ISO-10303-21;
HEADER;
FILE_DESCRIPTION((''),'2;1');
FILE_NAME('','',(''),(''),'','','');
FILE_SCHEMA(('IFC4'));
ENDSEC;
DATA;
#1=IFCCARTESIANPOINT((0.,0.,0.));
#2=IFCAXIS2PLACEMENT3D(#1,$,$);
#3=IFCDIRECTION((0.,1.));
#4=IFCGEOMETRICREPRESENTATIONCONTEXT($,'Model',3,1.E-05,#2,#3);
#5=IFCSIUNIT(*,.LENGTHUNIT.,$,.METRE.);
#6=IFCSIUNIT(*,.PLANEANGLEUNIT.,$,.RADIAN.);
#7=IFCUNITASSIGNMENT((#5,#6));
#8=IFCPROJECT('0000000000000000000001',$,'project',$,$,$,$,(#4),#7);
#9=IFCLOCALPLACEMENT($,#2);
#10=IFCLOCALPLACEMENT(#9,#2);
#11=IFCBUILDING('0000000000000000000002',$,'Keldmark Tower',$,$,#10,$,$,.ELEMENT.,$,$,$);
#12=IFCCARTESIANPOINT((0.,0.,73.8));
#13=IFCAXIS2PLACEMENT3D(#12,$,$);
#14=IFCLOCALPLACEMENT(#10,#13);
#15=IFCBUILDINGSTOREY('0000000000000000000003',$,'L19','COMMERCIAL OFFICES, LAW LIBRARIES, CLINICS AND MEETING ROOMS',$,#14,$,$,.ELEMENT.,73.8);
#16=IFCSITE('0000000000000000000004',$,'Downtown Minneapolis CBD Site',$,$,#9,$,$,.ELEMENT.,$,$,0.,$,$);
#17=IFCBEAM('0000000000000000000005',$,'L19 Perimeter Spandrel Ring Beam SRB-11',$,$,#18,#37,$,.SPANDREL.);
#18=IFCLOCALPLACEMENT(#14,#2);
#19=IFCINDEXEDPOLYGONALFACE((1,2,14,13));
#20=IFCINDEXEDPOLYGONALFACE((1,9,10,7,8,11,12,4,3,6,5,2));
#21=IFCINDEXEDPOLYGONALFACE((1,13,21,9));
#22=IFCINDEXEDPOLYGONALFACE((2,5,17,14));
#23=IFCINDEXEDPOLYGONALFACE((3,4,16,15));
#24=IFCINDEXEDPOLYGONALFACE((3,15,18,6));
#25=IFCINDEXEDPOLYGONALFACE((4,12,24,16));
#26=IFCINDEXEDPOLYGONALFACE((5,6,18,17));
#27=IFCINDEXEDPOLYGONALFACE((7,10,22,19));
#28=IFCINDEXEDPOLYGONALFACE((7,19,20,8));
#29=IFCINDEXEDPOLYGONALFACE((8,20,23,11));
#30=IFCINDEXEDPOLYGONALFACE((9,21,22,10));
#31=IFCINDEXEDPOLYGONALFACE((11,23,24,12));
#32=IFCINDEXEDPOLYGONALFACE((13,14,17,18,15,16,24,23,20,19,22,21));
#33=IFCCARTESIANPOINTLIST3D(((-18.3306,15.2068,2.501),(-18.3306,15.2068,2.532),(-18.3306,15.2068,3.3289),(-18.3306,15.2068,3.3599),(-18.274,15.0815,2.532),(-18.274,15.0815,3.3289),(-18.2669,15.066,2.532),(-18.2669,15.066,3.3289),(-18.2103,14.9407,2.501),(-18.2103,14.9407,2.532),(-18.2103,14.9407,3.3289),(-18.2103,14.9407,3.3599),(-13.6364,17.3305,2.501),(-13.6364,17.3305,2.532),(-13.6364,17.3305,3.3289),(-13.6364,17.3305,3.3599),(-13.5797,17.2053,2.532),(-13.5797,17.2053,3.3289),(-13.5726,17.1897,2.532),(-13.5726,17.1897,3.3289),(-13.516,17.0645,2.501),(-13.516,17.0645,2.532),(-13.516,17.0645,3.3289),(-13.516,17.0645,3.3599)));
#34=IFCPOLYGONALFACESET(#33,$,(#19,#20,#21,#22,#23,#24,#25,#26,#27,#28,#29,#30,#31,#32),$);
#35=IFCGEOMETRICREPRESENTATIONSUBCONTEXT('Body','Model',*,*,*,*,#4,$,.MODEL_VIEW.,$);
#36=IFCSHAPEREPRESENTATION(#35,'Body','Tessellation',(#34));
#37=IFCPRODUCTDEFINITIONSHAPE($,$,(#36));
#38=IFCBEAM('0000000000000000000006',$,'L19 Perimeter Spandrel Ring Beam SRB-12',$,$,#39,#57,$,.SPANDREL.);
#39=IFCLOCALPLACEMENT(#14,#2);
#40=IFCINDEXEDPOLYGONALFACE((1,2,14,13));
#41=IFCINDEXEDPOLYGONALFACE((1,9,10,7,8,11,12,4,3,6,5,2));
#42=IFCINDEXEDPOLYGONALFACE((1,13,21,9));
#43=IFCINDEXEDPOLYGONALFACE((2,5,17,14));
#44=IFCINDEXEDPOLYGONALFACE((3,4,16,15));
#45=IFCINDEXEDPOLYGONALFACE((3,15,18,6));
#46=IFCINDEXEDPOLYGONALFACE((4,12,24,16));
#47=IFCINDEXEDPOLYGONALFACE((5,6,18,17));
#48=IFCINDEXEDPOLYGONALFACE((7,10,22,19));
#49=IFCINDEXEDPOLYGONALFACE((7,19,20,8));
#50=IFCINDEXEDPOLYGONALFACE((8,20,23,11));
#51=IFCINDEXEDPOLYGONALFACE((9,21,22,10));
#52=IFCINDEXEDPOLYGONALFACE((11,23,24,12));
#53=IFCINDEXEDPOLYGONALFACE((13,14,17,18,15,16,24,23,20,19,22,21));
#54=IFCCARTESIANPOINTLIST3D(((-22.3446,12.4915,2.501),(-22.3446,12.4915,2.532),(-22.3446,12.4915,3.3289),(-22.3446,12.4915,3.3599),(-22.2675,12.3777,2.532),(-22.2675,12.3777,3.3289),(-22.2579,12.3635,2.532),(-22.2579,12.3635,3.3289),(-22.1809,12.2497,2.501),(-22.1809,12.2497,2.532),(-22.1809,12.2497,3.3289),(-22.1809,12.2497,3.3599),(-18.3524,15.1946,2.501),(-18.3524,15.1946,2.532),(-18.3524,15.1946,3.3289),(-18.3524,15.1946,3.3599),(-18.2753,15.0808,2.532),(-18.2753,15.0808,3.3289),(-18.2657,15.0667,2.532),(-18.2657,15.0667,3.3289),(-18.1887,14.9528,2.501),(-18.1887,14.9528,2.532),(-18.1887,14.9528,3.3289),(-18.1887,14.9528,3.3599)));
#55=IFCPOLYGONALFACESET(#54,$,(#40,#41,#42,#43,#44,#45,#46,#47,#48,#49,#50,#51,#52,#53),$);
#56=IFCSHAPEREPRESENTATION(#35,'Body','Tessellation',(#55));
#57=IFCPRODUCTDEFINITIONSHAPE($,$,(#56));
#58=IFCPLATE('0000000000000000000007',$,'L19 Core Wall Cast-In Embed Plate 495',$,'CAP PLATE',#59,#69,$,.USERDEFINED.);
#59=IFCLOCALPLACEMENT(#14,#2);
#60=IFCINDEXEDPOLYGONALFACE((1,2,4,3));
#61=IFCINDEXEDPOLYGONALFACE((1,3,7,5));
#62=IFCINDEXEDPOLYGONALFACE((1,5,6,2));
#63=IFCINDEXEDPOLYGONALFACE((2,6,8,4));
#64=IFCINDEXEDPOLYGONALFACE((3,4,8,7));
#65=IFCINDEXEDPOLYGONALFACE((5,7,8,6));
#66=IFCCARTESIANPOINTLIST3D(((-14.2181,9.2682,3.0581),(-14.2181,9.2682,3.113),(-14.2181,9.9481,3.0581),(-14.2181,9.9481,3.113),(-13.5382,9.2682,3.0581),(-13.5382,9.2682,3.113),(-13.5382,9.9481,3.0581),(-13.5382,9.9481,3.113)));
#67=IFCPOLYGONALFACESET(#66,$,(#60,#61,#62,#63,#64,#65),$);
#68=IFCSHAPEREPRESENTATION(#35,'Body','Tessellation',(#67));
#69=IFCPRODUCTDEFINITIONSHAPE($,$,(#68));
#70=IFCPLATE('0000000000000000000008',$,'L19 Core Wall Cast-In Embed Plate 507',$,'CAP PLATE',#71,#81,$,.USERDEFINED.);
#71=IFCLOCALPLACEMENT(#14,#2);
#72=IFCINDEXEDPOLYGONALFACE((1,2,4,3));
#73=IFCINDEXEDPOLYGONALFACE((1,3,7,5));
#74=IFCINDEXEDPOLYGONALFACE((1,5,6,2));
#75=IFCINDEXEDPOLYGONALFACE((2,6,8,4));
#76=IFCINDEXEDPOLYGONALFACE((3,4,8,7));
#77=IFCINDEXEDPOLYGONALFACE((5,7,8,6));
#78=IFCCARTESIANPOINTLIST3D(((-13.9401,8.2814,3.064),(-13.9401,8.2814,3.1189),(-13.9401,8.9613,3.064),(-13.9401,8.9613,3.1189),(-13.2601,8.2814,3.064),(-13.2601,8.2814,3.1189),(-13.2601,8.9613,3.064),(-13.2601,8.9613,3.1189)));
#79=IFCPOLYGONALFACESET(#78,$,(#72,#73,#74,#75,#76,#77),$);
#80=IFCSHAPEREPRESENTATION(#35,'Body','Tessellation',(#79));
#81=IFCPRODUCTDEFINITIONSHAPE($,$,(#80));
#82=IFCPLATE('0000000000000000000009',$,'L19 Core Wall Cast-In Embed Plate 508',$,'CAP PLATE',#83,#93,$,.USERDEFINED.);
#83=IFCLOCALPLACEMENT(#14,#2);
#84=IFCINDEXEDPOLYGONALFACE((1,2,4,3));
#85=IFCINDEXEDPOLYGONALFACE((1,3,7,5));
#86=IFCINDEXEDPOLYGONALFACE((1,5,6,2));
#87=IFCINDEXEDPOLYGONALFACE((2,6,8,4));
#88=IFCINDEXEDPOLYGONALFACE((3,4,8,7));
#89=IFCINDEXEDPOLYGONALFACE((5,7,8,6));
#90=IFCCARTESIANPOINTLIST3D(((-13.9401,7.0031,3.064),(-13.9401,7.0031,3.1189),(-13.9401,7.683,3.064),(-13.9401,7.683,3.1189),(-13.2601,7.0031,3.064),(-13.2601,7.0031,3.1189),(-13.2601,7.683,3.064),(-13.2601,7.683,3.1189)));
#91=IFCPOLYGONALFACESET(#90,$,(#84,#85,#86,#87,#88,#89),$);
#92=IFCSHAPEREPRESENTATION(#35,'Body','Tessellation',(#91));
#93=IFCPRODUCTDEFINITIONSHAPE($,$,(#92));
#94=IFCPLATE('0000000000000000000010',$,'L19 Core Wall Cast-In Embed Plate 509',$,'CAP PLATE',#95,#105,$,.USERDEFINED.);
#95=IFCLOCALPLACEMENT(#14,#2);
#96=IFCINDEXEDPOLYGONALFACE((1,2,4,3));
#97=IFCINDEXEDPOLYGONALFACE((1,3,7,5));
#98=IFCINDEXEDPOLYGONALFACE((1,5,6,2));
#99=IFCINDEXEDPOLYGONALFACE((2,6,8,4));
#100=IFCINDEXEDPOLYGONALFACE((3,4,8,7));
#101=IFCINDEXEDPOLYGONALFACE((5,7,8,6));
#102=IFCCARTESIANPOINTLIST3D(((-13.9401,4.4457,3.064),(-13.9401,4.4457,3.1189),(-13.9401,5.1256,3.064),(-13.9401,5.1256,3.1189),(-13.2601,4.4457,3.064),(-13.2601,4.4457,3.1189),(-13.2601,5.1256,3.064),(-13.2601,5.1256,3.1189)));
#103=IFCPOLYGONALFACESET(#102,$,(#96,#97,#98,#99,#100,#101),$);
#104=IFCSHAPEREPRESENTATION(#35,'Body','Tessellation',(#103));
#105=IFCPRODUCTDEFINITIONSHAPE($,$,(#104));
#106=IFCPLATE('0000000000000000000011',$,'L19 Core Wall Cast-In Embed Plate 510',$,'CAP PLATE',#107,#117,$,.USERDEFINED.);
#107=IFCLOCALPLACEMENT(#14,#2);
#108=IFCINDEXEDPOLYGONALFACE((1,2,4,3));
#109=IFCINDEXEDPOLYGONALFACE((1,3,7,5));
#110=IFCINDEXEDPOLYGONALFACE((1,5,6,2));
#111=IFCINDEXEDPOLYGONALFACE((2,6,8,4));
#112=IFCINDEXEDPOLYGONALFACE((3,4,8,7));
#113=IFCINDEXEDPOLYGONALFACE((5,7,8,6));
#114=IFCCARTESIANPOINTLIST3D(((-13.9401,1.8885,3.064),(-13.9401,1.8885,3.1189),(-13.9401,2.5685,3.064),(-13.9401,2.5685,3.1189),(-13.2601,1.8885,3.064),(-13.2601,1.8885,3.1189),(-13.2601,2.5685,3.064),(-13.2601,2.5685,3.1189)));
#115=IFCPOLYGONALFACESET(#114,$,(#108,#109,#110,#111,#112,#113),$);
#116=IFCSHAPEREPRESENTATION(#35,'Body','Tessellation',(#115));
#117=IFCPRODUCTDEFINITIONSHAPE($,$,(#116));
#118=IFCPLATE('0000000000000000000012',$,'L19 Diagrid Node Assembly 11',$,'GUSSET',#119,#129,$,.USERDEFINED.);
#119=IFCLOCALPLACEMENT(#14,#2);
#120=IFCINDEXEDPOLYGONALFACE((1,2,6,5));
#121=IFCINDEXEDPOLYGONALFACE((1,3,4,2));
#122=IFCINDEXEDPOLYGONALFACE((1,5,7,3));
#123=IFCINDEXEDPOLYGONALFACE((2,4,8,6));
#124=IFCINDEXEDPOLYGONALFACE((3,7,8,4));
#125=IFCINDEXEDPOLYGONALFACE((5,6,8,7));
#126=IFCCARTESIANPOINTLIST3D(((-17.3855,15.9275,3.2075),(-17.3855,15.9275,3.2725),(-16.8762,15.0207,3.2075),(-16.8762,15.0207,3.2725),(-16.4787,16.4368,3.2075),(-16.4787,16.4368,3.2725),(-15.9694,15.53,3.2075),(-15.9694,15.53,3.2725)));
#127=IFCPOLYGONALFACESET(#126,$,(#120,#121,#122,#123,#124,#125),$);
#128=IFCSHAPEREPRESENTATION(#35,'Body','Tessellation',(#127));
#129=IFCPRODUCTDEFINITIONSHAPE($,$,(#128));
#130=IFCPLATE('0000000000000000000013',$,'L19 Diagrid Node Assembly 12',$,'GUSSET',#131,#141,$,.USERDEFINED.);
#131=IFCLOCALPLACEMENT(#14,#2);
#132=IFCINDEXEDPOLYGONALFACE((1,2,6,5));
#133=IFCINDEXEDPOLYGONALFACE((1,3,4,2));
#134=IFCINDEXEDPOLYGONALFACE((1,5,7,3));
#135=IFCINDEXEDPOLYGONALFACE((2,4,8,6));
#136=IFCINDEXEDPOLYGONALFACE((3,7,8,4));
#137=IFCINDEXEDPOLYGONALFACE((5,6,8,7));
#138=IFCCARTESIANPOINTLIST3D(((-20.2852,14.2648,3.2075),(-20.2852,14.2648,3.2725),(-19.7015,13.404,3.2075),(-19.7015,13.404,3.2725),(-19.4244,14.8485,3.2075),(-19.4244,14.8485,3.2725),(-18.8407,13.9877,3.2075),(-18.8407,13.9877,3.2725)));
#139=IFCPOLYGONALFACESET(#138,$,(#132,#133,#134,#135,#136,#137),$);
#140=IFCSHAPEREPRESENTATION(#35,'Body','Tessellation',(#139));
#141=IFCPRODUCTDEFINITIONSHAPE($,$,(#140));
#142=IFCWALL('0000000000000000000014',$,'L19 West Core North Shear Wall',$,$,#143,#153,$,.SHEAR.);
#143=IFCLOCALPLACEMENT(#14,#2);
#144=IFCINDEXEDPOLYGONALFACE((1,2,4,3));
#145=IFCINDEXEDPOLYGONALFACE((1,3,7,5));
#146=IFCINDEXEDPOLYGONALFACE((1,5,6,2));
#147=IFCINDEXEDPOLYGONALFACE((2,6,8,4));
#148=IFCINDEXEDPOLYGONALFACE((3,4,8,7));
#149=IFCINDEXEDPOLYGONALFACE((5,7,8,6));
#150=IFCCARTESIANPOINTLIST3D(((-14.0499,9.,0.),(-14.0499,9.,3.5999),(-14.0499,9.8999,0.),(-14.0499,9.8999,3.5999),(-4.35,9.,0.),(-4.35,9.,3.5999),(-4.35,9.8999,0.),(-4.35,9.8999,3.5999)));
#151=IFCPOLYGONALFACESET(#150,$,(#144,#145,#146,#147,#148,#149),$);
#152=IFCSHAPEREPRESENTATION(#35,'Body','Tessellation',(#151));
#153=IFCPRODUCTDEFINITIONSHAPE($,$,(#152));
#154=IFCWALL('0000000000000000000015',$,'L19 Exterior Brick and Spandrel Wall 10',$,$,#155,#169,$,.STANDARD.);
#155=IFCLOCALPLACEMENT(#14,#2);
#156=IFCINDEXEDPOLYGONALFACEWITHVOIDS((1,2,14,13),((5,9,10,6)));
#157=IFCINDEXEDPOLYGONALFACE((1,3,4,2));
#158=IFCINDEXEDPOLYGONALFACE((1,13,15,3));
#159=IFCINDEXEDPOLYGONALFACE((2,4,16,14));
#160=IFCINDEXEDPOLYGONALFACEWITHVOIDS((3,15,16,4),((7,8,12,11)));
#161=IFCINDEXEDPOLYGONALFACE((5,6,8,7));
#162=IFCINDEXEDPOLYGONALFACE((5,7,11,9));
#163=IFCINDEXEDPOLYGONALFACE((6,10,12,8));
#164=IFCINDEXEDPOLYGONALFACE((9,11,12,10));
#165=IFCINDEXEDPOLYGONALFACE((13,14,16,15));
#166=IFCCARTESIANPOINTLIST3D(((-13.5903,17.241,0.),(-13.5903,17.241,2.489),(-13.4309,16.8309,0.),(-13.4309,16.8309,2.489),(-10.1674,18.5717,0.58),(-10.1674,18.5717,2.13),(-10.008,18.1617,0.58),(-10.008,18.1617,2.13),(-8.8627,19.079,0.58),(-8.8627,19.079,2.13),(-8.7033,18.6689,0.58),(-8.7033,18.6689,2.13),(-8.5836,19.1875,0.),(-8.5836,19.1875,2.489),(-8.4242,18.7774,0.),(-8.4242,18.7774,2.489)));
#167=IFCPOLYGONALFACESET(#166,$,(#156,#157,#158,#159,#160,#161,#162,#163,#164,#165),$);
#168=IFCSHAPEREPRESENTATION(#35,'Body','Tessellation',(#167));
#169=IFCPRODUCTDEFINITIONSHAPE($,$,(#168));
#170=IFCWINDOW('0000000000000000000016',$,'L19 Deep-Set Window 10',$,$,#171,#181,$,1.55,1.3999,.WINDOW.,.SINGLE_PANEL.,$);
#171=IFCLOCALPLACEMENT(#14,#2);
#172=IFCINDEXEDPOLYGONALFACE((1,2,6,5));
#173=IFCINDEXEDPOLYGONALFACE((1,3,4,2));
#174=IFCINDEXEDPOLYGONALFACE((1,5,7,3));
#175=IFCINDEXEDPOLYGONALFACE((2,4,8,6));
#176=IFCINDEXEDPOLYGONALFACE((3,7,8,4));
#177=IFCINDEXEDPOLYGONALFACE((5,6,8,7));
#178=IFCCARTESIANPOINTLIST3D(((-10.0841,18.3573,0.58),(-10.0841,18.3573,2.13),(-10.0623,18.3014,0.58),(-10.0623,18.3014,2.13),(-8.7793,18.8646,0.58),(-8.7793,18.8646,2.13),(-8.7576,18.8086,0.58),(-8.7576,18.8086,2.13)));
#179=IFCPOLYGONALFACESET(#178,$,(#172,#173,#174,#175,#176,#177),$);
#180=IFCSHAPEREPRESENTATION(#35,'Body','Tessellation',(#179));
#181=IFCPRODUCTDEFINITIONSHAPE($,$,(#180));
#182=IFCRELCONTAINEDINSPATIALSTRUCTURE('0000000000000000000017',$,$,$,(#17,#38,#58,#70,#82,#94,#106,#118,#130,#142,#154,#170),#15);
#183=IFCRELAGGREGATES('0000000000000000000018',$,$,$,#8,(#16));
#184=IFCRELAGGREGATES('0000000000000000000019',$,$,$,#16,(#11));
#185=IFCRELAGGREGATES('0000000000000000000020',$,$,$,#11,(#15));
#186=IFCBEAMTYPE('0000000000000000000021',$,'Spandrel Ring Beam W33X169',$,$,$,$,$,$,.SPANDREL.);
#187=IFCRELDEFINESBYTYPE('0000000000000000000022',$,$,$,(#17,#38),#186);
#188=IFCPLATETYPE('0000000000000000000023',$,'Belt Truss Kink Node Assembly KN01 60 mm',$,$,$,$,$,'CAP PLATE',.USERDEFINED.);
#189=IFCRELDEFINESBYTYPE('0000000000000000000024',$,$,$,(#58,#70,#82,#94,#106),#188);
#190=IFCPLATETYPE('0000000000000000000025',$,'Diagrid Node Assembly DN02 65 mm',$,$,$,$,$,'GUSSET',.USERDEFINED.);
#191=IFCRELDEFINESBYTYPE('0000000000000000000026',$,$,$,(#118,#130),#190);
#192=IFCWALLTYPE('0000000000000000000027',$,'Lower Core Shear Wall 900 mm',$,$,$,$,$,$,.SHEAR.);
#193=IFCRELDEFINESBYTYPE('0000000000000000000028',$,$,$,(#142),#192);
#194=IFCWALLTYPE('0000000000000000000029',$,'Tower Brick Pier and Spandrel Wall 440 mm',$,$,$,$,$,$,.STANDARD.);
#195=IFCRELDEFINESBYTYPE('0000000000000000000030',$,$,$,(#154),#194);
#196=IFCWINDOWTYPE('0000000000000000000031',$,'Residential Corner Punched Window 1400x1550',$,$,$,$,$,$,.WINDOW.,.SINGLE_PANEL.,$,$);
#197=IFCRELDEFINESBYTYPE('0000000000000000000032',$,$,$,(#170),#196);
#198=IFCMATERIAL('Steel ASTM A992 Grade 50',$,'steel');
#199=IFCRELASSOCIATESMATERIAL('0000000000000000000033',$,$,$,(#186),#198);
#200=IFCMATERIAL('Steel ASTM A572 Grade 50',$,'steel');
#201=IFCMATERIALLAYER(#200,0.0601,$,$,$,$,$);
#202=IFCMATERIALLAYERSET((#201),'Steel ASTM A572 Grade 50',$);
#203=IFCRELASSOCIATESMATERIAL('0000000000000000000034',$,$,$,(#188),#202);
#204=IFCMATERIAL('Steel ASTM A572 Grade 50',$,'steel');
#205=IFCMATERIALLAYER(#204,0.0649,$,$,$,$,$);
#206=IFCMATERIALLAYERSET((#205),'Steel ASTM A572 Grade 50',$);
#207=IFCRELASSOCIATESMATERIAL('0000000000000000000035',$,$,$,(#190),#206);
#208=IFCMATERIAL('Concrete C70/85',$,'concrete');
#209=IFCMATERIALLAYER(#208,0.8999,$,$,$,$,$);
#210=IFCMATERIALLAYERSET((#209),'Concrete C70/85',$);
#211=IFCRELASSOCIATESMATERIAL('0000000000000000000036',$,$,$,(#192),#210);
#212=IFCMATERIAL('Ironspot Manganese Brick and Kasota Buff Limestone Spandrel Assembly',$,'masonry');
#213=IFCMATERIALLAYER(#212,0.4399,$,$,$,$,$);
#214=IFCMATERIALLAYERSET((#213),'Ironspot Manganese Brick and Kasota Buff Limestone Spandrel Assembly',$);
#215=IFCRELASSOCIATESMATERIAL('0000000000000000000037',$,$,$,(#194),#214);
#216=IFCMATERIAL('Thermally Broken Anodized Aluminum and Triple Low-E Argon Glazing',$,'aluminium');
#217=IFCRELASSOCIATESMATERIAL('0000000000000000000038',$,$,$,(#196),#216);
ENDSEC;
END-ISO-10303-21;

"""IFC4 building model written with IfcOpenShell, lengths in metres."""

from ifc_helpers import new_model, si_unit, direction, frame, frame_2d, origin, origin_2d, place, context, subcontext, project, spatial, rectangle, i_section, extrude, material, layer, layer_set, material_profile, profile_set, type_object, element, fill, save


model = new_model("IFC4")

# Units and contexts
model_context = context("Model", 3, precision=1e-05, world=origin(), true_north=direction((0.0, 1.0)))
body_context = subcontext(model_context, "Body", "Model", "MODEL_VIEW")
ifc_project = project(units=[si_unit("LENGTHUNIT", "METRE"), si_unit("PLANEANGLEUNIT", "RADIAN")], contexts=[model_context])

# Site, building, storey
site_placement = place(None, origin())
site = spatial("IfcSite", under=ifc_project, at=site_placement, Name="Downtown Minneapolis CBD Site", CompositionType="ELEMENT", RefElevation=0.0)
building_placement = place(site_placement, origin())
building = spatial("IfcBuilding", under=site, at=building_placement, Name="Keldmark Tower", CompositionType="ELEMENT")
storey_placement = place(building_placement, frame((0.0, 0.0, 73.8)))
storey = spatial("IfcBuildingStorey", under=building, at=storey_placement, Name="L19", Description="COMMERCIAL OFFICES, LAW LIBRARIES, CLINICS AND MEETING ROOMS", CompositionType="ELEMENT", Elevation=73.8)

# Beams
ifc_material_1 = material(Name="Steel ASTM A992 Grade 50", Category="steel")
ifc_material_profile_1 = material_profile(ifc_material_1, i_section(OverallWidth=0.292, OverallDepth=0.8589, WebThickness=0.0171, FlangeThickness=0.031, at=origin_2d()), Name="W33X169")
ifc_profile_set_1 = profile_set([ifc_material_profile_1], Name="Steel ASTM A992 Grade 50")
beam_type_1 = type_object("IfcBeamType", Name="Spandrel Ring Beam W33X169", PredefinedType="SPANDREL", material=ifc_profile_set_1)
beam_1_placement = place(storey_placement, frame((-13.5762, 17.1975, 2.9304), z_axis=(-0.911097, -0.412192, 0.0), x_axis=(0.412192, -0.911097, 0.0)))
element("IfcBeam", 1, at=beam_1_placement, inside=storey, type_object=beam_type_1, Name="L19 Perimeter Spandrel Ring Beam SRB-11", PredefinedType="SPANDREL", context=body_context, shape_type="SweptSolid", body=[
    extrude(i_section(OverallWidth=0.292, OverallDepth=0.8589, WebThickness=0.0171, FlangeThickness=0.031, at=origin_2d()), origin(), (0.0, 0.0, 1.0), 5.1523),
])
beam_2_placement = place(storey_placement, frame((-18.2705, 15.0737, 2.9304), z_axis=(-0.82804, -0.560669, 0.0), x_axis=(0.560669, -0.82804, 0.0)))
element("IfcBeam", 2, at=beam_2_placement, inside=storey, type_object=beam_type_1, Name="L19 Perimeter Spandrel Ring Beam SRB-12", PredefinedType="SPANDREL", context=body_context, shape_type="SweptSolid", body=[
    extrude(i_section(OverallWidth=0.292, OverallDepth=0.8589, WebThickness=0.0171, FlangeThickness=0.031, at=origin_2d()), origin(), (0.0, 0.0, 1.0), 4.8213),
])

# Plates
ifc_material_2 = material(Name="Steel ASTM A572 Grade 50", Category="steel")
ifc_layer_1 = layer(ifc_material_2, 0.0601)
ifc_layer_set_1 = layer_set([ifc_layer_1], Name="Steel ASTM A572 Grade 50")
plate_type_1 = type_object("IfcPlateType", Name="Belt Truss Kink Node Assembly KN01 60 mm", ElementType="CAP PLATE", PredefinedType="USERDEFINED", material=ifc_layer_set_1)
for number, where, z_axis, x_axis, name in (
    (3, (-13.8782, 9.6082, 3.0581), (0.0, 0.0, 1.0), (1.0, 0.0, 0.0), "L19 Core Wall Cast-In Embed Plate 495"),
    (4, (-13.6001, 8.6213, 3.064), (0.0, 0.0, 1.0), (1.0, 0.0, 0.0), "L19 Core Wall Cast-In Embed Plate 507"),
    (5, (-13.6001, 7.343, 3.064), (0.0, 0.0, 1.0), (1.0, 0.0, 0.0), "L19 Core Wall Cast-In Embed Plate 508"),
    (6, (-13.6001, 4.7856, 3.064), (0.0, 0.0, 1.0), (1.0, 0.0, 0.0), "L19 Core Wall Cast-In Embed Plate 509"),
    (7, (-13.6001, 2.2285, 3.064), (0.0, 0.0, 1.0), (1.0, 0.0, 0.0), "L19 Core Wall Cast-In Embed Plate 510"),
):
    element("IfcPlate", number, at=place(storey_placement, frame(where, z_axis=z_axis, x_axis=x_axis)), inside=storey, type_object=plate_type_1, Name=name, ObjectType="CAP PLATE", PredefinedType="USERDEFINED", context=body_context, shape_type="SweptSolid", body=[
        extrude(rectangle(XDim=0.6799, YDim=0.6799, at=origin_2d()), origin(), (0.0, 0.0, 1.0), 0.0549),
    ])
ifc_material_3 = material(Name="Steel ASTM A572 Grade 50", Category="steel")
ifc_layer_2 = layer(ifc_material_3, 0.0649)
ifc_layer_set_2 = layer_set([ifc_layer_2], Name="Steel ASTM A572 Grade 50")
plate_type_2 = type_object("IfcPlateType", Name="Diagrid Node Assembly DN02 65 mm", ElementType="GUSSET", PredefinedType="USERDEFINED", material=ifc_layer_set_2)
for number, where, z_axis, x_axis, name in (
    (8, (-16.6775, 15.7288, 3.2075), (0.0, 0.0, 1.0), (-0.871898, -0.489687, 0.0), "L19 Diagrid Node Assembly 11"),
    (9, (-19.563, 14.1262, 3.2075), (0.0, 0.0, 1.0), (-0.827669, -0.561217, 0.0), "L19 Diagrid Node Assembly 12"),
):
    element("IfcPlate", number, at=place(storey_placement, frame(where, z_axis=z_axis, x_axis=x_axis)), inside=storey, type_object=plate_type_2, Name=name, ObjectType="GUSSET", PredefinedType="USERDEFINED", context=body_context, shape_type="SweptSolid", body=[
        extrude(rectangle(XDim=1.04, YDim=1.04, at=origin_2d()), origin(), (0.0, 0.0, 1.0), 0.0649),
    ])

# Wall
ifc_material_4 = material(Name="Concrete C70/85", Category="concrete")
ifc_layer_3 = layer(ifc_material_4, 0.8999)
ifc_layer_set_3 = layer_set([ifc_layer_3], Name="Concrete C70/85")
wall_type_1 = type_object("IfcWallType", Name="Lower Core Shear Wall 900 mm", PredefinedType="SHEAR", material=ifc_layer_set_3)
wall_1_placement = place(storey_placement, frame((-14.05, 9.45, 0.0), z_axis=(0.0, 0.0, 1.0), x_axis=(1.0, 0.0, 0.0)))
element("IfcWall", 10, at=wall_1_placement, inside=storey, type_object=wall_type_1, Name="L19 West Core North Shear Wall", PredefinedType="SHEAR", context=body_context, shape_type="SweptSolid", body=[
    extrude(rectangle(XDim=9.7, YDim=0.8999, at=frame_2d((4.8501, 0.0))), origin(), (0.0, 0.0, 1.0), 3.5999),
])

# Wall, opening, window
ifc_material_5 = material(Name="Ironspot Manganese Brick and Kasota Buff Limestone Spandrel Assembly", Category="masonry")
ifc_layer_4 = layer(ifc_material_5, 0.4399)
ifc_layer_set_4 = layer_set([ifc_layer_4], Name="Ironspot Manganese Brick and Kasota Buff Limestone Spandrel Assembly")
wall_type_2 = type_object("IfcWallType", Name="Tower Brick Pier and Spandrel Wall 440 mm", PredefinedType="STANDARD", material=ifc_layer_set_4)
wall_2_placement = place(storey_placement, frame((-13.5107, 17.0359, 0.0), z_axis=(0.0, 0.0, 1.0), x_axis=(0.93204, 0.362354, 0.0)))
wall_2 = element("IfcWall", 11, at=wall_2_placement, inside=storey, type_object=wall_type_2, Name="L19 Exterior Brick and Spandrel Wall 10", PredefinedType="STANDARD", context=body_context, shape_type="SweptSolid", body=[
    extrude(rectangle(XDim=5.3718, YDim=0.4399, at=frame_2d((2.686, 0.0))), origin(), (0.0, 0.0, 1.0), 2.489),
])
opening_1_placement = place(wall_2_placement, frame((3.6726, 0.0, 0.5801)))
opening_1 = element("IfcOpeningElement", 12, at=opening_1_placement, cuts=wall_2, PredefinedType="OPENING", context=body_context, shape_type="SweptSolid", body=[
    extrude(rectangle(XDim=1.3999, YDim=1.55, at=frame_2d((0.7, 0.7749))), frame((0.0, 0.23, 0.0), z_axis=(0.0, -1.0, 0.0), x_axis=(1.0, 0.0, 0.0)), (0.0, 0.0, 1.0), 0.46),
])
ifc_material_6 = material(Name="Thermally Broken Anodized Aluminum and Triple Low-E Argon Glazing", Category="aluminium")
window_type_1 = type_object("IfcWindowType", Name="Residential Corner Punched Window 1400x1550", PartitioningType="SINGLE_PANEL", PredefinedType="WINDOW", material=ifc_material_6)
window_1_placement = place(opening_1_placement, origin())
window_1 = element("IfcWindow", 13, at=window_1_placement, inside=storey, type_object=window_type_1, Name="L19 Deep-Set Window 10", OverallHeight=1.55, OverallWidth=1.3999, PartitioningType="SINGLE_PANEL", PredefinedType="WINDOW", context=body_context, shape_type="SweptSolid", body=[
    extrude(rectangle(XDim=1.3999, YDim=1.55, at=frame_2d((0.7, 0.7749))), frame((0.0, -0.01, 0.0), z_axis=(0.0, -1.0, 0.0), x_axis=(1.0, 0.0, 0.0)), (0.0, 0.0, 1.0), 0.0601),
])
fill(opening_1, window_1)

save(model, "model.ifc")
